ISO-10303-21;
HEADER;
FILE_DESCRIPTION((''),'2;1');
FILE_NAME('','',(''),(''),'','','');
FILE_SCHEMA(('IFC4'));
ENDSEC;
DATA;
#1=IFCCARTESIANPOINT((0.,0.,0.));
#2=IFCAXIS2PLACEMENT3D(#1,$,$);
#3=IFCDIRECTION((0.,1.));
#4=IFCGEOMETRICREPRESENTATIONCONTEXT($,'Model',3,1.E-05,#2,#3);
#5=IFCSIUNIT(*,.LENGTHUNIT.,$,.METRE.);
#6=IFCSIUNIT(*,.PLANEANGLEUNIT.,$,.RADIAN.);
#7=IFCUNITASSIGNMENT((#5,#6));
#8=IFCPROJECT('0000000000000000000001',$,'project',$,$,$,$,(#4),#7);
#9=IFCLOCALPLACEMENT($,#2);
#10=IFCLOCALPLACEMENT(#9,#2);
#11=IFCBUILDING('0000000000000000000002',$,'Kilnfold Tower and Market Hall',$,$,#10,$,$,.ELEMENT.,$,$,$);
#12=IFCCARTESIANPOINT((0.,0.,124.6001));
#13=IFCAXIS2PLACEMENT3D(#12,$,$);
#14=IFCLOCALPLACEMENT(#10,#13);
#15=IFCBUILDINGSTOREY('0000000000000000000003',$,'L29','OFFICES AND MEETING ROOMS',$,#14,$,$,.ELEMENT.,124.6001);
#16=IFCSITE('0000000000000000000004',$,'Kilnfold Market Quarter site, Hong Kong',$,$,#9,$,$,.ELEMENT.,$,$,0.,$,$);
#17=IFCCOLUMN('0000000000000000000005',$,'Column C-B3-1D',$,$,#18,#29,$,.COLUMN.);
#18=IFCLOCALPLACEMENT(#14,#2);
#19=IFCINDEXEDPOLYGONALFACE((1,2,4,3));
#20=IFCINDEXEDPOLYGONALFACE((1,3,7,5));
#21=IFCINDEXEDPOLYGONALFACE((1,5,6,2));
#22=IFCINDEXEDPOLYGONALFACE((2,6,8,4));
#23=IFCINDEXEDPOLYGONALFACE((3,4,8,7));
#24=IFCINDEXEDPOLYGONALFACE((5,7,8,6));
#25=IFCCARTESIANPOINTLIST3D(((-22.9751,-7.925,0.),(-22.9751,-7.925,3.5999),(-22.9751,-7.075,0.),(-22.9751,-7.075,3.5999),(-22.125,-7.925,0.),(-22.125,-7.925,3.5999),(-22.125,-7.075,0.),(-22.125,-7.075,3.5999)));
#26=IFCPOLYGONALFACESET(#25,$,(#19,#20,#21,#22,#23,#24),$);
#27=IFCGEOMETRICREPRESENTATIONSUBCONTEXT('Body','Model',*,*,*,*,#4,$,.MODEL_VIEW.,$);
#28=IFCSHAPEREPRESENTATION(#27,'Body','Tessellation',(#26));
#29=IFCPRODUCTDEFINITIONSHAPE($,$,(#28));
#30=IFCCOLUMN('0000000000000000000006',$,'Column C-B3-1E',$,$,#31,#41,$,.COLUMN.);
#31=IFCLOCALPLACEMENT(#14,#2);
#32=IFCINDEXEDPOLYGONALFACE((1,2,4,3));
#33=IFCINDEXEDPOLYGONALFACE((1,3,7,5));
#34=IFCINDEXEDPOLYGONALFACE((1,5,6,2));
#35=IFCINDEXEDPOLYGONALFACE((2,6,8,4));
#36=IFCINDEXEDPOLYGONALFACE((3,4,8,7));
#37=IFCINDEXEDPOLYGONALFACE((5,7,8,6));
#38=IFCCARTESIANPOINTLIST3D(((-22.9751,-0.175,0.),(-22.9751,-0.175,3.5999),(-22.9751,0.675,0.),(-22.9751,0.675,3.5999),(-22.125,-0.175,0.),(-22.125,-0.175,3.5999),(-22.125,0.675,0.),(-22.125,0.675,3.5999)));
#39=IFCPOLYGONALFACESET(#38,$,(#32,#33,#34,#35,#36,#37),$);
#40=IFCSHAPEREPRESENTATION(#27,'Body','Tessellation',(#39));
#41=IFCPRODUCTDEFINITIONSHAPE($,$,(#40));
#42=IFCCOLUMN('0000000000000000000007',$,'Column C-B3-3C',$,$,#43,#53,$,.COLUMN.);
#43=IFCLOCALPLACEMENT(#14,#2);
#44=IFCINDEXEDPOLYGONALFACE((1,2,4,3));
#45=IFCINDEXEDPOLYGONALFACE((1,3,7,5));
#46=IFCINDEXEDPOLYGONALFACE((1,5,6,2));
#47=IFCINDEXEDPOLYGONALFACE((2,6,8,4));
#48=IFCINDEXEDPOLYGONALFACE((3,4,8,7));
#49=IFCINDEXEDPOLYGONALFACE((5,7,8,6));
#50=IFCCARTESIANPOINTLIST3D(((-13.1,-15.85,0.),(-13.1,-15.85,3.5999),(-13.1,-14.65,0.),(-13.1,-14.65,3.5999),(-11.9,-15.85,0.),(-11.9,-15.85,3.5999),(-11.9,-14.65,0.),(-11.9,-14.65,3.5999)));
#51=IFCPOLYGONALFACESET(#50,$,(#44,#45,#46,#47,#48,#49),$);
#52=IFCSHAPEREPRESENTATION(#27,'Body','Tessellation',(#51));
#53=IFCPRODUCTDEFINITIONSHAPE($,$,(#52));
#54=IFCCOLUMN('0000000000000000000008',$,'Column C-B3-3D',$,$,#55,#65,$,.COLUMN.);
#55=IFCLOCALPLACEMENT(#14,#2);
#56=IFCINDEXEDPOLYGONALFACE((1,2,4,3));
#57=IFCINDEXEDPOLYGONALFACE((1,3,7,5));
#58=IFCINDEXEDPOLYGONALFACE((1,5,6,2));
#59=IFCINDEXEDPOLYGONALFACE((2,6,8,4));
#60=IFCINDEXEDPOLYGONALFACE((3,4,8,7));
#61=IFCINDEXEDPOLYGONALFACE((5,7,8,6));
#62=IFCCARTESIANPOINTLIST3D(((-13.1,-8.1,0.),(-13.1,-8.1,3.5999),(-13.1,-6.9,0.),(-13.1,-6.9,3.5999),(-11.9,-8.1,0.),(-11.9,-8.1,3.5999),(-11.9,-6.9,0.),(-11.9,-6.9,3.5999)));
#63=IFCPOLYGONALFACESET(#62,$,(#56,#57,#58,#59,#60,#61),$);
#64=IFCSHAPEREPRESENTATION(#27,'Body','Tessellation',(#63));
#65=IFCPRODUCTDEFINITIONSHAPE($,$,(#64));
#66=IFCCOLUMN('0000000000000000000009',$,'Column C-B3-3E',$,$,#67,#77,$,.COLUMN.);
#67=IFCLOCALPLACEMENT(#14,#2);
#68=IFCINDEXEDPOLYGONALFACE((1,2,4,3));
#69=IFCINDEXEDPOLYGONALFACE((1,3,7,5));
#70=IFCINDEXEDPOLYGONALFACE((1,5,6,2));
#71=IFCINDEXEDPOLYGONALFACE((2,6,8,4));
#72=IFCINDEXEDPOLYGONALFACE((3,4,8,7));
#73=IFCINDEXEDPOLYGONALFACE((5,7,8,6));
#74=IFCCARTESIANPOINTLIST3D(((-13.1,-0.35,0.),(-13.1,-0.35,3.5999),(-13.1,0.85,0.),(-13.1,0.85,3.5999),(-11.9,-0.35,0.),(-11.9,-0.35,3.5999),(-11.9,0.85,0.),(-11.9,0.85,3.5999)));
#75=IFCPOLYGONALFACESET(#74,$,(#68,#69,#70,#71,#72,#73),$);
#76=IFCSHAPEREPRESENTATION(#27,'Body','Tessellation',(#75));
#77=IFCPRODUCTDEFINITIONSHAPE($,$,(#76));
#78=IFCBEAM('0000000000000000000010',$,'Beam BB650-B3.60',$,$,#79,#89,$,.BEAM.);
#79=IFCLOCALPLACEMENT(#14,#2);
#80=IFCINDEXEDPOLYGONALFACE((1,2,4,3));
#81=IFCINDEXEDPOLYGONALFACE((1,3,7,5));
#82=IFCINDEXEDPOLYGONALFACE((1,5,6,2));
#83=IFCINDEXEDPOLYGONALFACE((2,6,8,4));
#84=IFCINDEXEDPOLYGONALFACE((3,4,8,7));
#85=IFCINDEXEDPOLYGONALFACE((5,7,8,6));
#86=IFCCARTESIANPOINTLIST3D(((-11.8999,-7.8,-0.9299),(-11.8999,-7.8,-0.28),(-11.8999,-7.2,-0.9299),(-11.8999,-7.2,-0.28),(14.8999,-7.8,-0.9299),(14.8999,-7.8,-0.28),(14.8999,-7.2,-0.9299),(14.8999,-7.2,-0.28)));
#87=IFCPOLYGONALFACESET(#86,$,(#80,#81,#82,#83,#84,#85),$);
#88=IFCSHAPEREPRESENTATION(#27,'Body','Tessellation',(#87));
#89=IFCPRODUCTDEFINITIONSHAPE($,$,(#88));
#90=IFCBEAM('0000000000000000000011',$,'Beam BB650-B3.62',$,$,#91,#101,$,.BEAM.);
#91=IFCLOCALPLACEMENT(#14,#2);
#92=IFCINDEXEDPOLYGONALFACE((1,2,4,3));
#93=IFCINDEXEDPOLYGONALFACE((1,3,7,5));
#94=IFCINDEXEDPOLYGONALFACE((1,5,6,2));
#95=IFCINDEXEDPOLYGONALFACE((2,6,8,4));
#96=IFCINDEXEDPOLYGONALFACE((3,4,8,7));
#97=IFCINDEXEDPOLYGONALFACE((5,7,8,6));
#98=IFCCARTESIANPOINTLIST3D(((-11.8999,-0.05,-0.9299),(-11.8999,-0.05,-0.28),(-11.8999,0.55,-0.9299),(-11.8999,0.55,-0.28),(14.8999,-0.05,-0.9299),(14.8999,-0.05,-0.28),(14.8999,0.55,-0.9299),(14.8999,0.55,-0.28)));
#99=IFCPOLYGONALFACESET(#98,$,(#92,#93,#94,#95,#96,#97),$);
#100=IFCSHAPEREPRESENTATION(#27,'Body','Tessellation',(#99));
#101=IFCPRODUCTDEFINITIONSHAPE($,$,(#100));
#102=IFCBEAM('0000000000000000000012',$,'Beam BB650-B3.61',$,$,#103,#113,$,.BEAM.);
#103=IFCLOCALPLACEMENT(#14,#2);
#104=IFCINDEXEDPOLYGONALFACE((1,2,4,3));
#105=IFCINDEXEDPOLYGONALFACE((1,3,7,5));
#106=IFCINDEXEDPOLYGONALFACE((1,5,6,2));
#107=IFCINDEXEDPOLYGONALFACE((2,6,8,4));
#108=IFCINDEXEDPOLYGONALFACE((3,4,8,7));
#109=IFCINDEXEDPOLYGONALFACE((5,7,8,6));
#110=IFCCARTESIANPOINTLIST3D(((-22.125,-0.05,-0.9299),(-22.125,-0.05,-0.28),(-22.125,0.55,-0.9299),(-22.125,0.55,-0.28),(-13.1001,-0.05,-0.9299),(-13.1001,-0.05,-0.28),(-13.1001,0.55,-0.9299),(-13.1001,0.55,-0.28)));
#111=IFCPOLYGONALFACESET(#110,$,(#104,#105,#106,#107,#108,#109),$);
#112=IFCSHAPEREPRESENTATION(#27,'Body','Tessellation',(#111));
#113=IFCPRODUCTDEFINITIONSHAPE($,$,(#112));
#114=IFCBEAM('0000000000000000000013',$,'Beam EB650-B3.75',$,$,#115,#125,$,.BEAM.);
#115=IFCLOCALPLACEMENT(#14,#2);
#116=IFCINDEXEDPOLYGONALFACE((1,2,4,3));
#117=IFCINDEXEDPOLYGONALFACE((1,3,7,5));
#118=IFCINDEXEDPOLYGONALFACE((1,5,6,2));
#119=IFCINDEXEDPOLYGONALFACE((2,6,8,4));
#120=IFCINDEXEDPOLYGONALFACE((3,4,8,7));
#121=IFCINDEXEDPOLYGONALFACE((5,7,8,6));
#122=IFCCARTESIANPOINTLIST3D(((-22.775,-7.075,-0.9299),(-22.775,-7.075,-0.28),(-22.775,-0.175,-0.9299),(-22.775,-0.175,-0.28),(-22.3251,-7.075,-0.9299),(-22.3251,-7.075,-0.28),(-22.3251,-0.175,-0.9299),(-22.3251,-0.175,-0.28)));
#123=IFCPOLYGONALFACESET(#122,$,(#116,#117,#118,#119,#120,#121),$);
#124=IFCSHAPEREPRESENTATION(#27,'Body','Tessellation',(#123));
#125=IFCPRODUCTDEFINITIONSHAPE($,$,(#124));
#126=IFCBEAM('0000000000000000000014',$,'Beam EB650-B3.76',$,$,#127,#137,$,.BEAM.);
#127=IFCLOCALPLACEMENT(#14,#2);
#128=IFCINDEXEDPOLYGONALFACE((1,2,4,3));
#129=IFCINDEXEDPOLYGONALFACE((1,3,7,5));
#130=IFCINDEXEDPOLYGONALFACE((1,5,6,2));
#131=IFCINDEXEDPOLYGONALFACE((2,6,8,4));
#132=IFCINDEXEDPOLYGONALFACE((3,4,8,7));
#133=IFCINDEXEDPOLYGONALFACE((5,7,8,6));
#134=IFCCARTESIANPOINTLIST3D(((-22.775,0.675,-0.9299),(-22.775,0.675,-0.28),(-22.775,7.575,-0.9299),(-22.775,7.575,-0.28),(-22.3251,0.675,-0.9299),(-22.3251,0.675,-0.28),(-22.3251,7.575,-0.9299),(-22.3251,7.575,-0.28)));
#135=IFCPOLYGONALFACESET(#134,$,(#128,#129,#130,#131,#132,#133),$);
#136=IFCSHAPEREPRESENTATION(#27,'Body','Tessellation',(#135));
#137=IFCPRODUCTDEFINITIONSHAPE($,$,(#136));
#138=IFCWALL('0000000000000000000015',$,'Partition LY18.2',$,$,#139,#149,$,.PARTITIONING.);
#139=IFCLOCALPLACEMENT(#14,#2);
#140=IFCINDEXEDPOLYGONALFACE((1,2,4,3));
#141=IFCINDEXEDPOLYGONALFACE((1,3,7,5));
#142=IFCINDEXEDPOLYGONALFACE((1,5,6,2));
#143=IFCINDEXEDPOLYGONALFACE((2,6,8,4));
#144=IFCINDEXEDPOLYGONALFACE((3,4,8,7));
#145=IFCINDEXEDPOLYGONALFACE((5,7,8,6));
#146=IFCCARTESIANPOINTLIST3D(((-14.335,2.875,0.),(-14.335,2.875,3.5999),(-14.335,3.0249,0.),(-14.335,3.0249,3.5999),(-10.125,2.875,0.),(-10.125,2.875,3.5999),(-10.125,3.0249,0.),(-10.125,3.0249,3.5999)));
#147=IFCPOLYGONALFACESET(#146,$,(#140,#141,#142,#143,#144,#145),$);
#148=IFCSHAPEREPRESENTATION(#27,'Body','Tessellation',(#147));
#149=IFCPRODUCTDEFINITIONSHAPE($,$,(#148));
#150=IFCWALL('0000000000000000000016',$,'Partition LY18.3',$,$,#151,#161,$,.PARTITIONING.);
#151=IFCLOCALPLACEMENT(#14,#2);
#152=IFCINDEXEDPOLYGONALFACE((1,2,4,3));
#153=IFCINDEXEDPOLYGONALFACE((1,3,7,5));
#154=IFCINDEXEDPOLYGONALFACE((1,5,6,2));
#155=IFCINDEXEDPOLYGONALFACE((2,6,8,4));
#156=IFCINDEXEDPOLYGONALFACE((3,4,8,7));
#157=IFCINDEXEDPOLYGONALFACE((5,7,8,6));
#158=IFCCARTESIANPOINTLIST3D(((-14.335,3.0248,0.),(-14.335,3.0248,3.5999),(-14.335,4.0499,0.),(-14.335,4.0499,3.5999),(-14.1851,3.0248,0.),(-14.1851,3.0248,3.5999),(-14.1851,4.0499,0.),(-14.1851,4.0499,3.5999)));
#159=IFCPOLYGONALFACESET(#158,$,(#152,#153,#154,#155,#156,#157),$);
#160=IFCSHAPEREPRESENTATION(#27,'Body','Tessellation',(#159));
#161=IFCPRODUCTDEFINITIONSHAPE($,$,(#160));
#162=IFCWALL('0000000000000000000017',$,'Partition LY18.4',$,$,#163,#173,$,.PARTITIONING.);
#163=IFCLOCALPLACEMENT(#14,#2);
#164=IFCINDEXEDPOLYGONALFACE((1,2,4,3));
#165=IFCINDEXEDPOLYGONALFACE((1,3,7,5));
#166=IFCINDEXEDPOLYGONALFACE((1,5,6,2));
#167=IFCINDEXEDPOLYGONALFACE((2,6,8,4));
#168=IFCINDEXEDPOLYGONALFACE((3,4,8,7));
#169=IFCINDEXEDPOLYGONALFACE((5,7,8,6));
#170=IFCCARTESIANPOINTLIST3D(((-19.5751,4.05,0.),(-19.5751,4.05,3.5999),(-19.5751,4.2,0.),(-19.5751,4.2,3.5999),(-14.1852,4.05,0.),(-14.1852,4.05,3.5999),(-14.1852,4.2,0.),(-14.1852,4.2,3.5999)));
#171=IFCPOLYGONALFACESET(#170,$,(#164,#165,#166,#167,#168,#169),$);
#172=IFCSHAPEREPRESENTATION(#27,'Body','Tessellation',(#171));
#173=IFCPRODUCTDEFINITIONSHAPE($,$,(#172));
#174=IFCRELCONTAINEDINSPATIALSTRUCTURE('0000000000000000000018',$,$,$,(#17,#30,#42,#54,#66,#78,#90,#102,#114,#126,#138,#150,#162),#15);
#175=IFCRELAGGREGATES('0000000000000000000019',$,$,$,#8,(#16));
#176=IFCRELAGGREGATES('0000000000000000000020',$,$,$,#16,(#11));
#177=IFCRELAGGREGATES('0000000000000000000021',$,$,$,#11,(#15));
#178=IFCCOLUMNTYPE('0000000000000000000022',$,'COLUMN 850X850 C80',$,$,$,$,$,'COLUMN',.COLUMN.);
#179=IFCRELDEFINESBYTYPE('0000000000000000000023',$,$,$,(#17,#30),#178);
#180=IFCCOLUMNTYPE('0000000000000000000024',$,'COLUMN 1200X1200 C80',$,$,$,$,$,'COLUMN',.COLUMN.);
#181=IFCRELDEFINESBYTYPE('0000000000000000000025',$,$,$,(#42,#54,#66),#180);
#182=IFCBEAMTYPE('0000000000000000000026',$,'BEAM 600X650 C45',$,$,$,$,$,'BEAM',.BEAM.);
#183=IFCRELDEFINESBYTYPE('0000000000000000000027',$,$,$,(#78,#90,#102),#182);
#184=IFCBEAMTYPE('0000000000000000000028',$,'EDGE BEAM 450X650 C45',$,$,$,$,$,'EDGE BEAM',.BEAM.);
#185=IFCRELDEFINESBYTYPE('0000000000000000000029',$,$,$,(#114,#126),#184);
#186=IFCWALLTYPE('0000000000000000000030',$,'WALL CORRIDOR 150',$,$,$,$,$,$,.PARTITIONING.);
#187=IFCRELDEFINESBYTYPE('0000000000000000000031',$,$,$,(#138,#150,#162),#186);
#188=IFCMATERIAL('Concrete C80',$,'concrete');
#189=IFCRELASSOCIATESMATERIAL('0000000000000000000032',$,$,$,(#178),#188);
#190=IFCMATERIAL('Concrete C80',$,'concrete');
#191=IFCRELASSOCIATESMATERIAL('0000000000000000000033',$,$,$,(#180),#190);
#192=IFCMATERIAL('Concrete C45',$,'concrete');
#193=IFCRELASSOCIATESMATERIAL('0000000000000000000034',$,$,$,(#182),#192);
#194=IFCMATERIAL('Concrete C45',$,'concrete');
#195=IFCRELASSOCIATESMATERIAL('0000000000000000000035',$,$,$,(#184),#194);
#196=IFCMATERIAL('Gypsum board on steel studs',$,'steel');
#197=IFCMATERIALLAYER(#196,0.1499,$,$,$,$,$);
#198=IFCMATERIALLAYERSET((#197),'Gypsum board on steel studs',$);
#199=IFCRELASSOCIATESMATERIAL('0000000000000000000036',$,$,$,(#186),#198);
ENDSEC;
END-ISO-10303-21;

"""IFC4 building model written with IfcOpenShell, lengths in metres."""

from ifc_helpers import new_model, si_unit, direction, frame, frame_2d, origin, origin_2d, place, context, subcontext, project, spatial, rectangle, extrude, source, transform, mapped, material, layer, layer_set, material_profile, profile_set, type_object, element, save


model = new_model("IFC4")

# Units and contexts
model_context = context("Model", 3, precision=1e-05, world=origin(), true_north=direction((0.0, 1.0)))
body_context = subcontext(model_context, "Body", "Model", "MODEL_VIEW")
ifc_project = project(units=[si_unit("LENGTHUNIT", "METRE"), si_unit("PLANEANGLEUNIT", "RADIAN")], contexts=[model_context])

# Site, building, storey
site_placement = place(None, origin())
site = spatial("IfcSite", under=ifc_project, at=site_placement, Name="Kilnfold Market Quarter site, Hong Kong", CompositionType="ELEMENT", RefElevation=0.0)
building_placement = place(site_placement, origin())
building = spatial("IfcBuilding", under=site, at=building_placement, Name="Kilnfold Tower and Market Hall", CompositionType="ELEMENT")
storey_placement = place(building_placement, frame((0.0, 0.0, 124.6001)))
storey = spatial("IfcBuildingStorey", under=building, at=storey_placement, Name="L29", Description="OFFICES AND MEETING ROOMS", CompositionType="ELEMENT", Elevation=124.6001)

# Columns
ifc_material_1 = material(Name="Concrete C80", Category="concrete")
ifc_material_profile_1 = material_profile(ifc_material_1, rectangle(XDim=0.8501, YDim=0.8501, at=origin_2d()), Name="RC 850x850")
ifc_profile_set_1 = profile_set([ifc_material_profile_1], Name="Concrete C80")
column_type_1 = type_object("IfcColumnType", Name="COLUMN 850X850 C80", ElementType="COLUMN", PredefinedType="COLUMN", material=ifc_profile_set_1)
shared_shape_1 = source(origin(), body_context, "Body", "SweptSolid", [
    extrude(rectangle(XDim=0.8501, YDim=0.8501, at=origin_2d()), origin(), (0.0, 0.0, 1.0), 3.5999),
])
for number, where, z_axis, x_axis, name in (
    (1, (-22.55, -7.5, 0.0), (0.0, 0.0, 1.0), (1.0, 0.0, 0.0), "Column C-B3-1D"),
    (2, (-22.55, 0.25, 0.0), (0.0, 0.0, 1.0), (1.0, 0.0, 0.0), "Column C-B3-1E"),
):
    element("IfcColumn", number, at=place(storey_placement, frame(where, z_axis=z_axis, x_axis=x_axis)), inside=storey, type_object=column_type_1, Name=name, PredefinedType="COLUMN", context=body_context, shape_type="MappedRepresentation", body=[
        mapped(shared_shape_1, transform((0.0, 0.0, 0.0))),
    ])
ifc_material_2 = material(Name="Concrete C80", Category="concrete")
ifc_material_profile_2 = material_profile(ifc_material_2, rectangle(XDim=1.2, YDim=1.2, at=origin_2d()), Name="RC 1200x1200")
ifc_profile_set_2 = profile_set([ifc_material_profile_2], Name="Concrete C80")
column_type_2 = type_object("IfcColumnType", Name="COLUMN 1200X1200 C80", ElementType="COLUMN", PredefinedType="COLUMN", material=ifc_profile_set_2)
shared_shape_2 = source(origin(), body_context, "Body", "SweptSolid", [
    extrude(rectangle(XDim=1.2, YDim=1.2, at=origin_2d()), origin(), (0.0, 0.0, 1.0), 3.5999),
])
for number, where, z_axis, x_axis, name in (
    (3, (-12.5, -15.25, 0.0), (0.0, 0.0, 1.0), (1.0, 0.0, 0.0), "Column C-B3-3C"),
    (4, (-12.5, -7.5, 0.0), (0.0, 0.0, 1.0), (1.0, 0.0, 0.0), "Column C-B3-3D"),
    (5, (-12.5, 0.25, 0.0), (0.0, 0.0, 1.0), (1.0, 0.0, 0.0), "Column C-B3-3E"),
):
    element("IfcColumn", number, at=place(storey_placement, frame(where, z_axis=z_axis, x_axis=x_axis)), inside=storey, type_object=column_type_2, Name=name, PredefinedType="COLUMN", context=body_context, shape_type="MappedRepresentation", body=[
        mapped(shared_shape_2, transform((0.0, 0.0, 0.0))),
    ])

# Beams
ifc_material_3 = material(Name="Concrete C45", Category="concrete")
ifc_material_profile_3 = material_profile(ifc_material_3, rectangle(XDim=0.6001, YDim=0.6499, at=origin_2d()), Name="RC 600x650")
ifc_profile_set_3 = profile_set([ifc_material_profile_3], Name="Concrete C45")
beam_type_1 = type_object("IfcBeamType", Name="BEAM 600X650 C45", ElementType="BEAM", PredefinedType="BEAM", material=ifc_profile_set_3)
shared_shape_3 = source(origin(), body_context, "Body", "SweptSolid", [
    extrude(rectangle(XDim=0.6001, YDim=0.6499, at=origin_2d()), origin(), (0.0, 0.0, 1.0), 26.7998),
])
for number, where, z_axis, x_axis, name in (
    (6, (-11.8999, -7.5, -0.605), (1.0, 0.0, 0.0), (0.0, 1.0, 0.0), "Beam BB650-B3.60"),
    (7, (-11.8999, 0.25, -0.605), (1.0, 0.0, 0.0), (0.0, 1.0, 0.0), "Beam BB650-B3.62"),
):
    element("IfcBeam", number, at=place(storey_placement, frame(where, z_axis=z_axis, x_axis=x_axis)), inside=storey, type_object=beam_type_1, Name=name, PredefinedType="BEAM", context=body_context, shape_type="MappedRepresentation", body=[
        mapped(shared_shape_3, transform((0.0, 0.0, 0.0))),
    ])
shared_shape_4 = source(origin(), body_context, "Body", "SweptSolid", [
    extrude(rectangle(XDim=0.6001, YDim=0.6499, at=origin_2d()), origin(), (0.0, 0.0, 1.0), 9.0249),
])
beam_placement = place(storey_placement, frame((-22.125, 0.25, -0.605), z_axis=(1.0, 0.0, 0.0), x_axis=(0.0, 1.0, 0.0)))
element("IfcBeam", 8, at=beam_placement, inside=storey, type_object=beam_type_1, Name="Beam BB650-B3.61", PredefinedType="BEAM", context=body_context, shape_type="MappedRepresentation", body=[
    mapped(shared_shape_4, transform((0.0, 0.0, 0.0))),
])
ifc_material_4 = material(Name="Concrete C45", Category="concrete")
ifc_material_profile_4 = material_profile(ifc_material_4, rectangle(XDim=0.45, YDim=0.6499, at=origin_2d()), Name="RC 450x650")
ifc_profile_set_4 = profile_set([ifc_material_profile_4], Name="Concrete C45")
beam_type_2 = type_object("IfcBeamType", Name="EDGE BEAM 450X650 C45", ElementType="EDGE BEAM", PredefinedType="BEAM", material=ifc_profile_set_4)
shared_shape_5 = source(origin(), body_context, "Body", "SweptSolid", [
    extrude(rectangle(XDim=0.45, YDim=0.6499, at=origin_2d()), origin(), (0.0, 0.0, 1.0), 6.8999),
])
for number, where, z_axis, x_axis, name in (
    (9, (-22.55, -7.075, -0.605), (0.0, 1.0, 0.0), (-1.0, 0.0, 0.0), "Beam EB650-B3.75"),
    (10, (-22.55, 0.675, -0.605), (0.0, 1.0, 0.0), (-1.0, 0.0, 0.0), "Beam EB650-B3.76"),
):
    element("IfcBeam", number, at=place(storey_placement, frame(where, z_axis=z_axis, x_axis=x_axis)), inside=storey, type_object=beam_type_2, Name=name, PredefinedType="BEAM", context=body_context, shape_type="MappedRepresentation", body=[
        mapped(shared_shape_5, transform((0.0, 0.0, 0.0))),
    ])

# Walls
ifc_material_5 = material(Name="Gypsum board on steel studs", Category="steel")
ifc_layer_1 = layer(ifc_material_5, 0.1499)
ifc_layer_set_1 = layer_set([ifc_layer_1], Name="Gypsum board on steel studs")
wall_type_1 = type_object("IfcWallType", Name="WALL CORRIDOR 150", PredefinedType="PARTITIONING", material=ifc_layer_set_1)
wall_1_placement = place(storey_placement, frame((-14.335, 2.95, 0.0), z_axis=(0.0, 0.0, 1.0), x_axis=(1.0, 0.0, 0.0)))
element("IfcWall", 11, at=wall_1_placement, inside=storey, type_object=wall_type_1, Name="Partition LY18.2", PredefinedType="PARTITIONING", context=body_context, shape_type="SweptSolid", body=[
    extrude(rectangle(XDim=4.21, YDim=0.1499, at=frame_2d((2.105, 0.0))), origin(), (0.0, 0.0, 1.0), 3.5999),
])
wall_2_placement = place(storey_placement, frame((-14.26, 4.05, 0.0), z_axis=(0.0, 0.0, 1.0), x_axis=(0.0, -1.0, 0.0)))
element("IfcWall", 12, at=wall_2_placement, inside=storey, type_object=wall_type_1, Name="Partition LY18.3", PredefinedType="PARTITIONING", context=body_context, shape_type="SweptSolid", body=[
    extrude(rectangle(XDim=1.0251, YDim=0.1499, at=frame_2d((0.5127, 0.0))), origin(), (0.0, 0.0, 1.0), 3.5999),
])
wall_3_placement = place(storey_placement, frame((-19.575, 4.125, 0.0), z_axis=(0.0, 0.0, 1.0), x_axis=(1.0, 0.0, 0.0)))
element("IfcWall", 13, at=wall_3_placement, inside=storey, type_object=wall_type_1, Name="Partition LY18.4", PredefinedType="PARTITIONING", context=body_context, shape_type="SweptSolid", body=[
    extrude(rectangle(XDim=5.3899, YDim=0.1499, at=frame_2d((2.6948, 0.0))), origin(), (0.0, 0.0, 1.0), 3.5999),
])

save(model, "model.ifc")
